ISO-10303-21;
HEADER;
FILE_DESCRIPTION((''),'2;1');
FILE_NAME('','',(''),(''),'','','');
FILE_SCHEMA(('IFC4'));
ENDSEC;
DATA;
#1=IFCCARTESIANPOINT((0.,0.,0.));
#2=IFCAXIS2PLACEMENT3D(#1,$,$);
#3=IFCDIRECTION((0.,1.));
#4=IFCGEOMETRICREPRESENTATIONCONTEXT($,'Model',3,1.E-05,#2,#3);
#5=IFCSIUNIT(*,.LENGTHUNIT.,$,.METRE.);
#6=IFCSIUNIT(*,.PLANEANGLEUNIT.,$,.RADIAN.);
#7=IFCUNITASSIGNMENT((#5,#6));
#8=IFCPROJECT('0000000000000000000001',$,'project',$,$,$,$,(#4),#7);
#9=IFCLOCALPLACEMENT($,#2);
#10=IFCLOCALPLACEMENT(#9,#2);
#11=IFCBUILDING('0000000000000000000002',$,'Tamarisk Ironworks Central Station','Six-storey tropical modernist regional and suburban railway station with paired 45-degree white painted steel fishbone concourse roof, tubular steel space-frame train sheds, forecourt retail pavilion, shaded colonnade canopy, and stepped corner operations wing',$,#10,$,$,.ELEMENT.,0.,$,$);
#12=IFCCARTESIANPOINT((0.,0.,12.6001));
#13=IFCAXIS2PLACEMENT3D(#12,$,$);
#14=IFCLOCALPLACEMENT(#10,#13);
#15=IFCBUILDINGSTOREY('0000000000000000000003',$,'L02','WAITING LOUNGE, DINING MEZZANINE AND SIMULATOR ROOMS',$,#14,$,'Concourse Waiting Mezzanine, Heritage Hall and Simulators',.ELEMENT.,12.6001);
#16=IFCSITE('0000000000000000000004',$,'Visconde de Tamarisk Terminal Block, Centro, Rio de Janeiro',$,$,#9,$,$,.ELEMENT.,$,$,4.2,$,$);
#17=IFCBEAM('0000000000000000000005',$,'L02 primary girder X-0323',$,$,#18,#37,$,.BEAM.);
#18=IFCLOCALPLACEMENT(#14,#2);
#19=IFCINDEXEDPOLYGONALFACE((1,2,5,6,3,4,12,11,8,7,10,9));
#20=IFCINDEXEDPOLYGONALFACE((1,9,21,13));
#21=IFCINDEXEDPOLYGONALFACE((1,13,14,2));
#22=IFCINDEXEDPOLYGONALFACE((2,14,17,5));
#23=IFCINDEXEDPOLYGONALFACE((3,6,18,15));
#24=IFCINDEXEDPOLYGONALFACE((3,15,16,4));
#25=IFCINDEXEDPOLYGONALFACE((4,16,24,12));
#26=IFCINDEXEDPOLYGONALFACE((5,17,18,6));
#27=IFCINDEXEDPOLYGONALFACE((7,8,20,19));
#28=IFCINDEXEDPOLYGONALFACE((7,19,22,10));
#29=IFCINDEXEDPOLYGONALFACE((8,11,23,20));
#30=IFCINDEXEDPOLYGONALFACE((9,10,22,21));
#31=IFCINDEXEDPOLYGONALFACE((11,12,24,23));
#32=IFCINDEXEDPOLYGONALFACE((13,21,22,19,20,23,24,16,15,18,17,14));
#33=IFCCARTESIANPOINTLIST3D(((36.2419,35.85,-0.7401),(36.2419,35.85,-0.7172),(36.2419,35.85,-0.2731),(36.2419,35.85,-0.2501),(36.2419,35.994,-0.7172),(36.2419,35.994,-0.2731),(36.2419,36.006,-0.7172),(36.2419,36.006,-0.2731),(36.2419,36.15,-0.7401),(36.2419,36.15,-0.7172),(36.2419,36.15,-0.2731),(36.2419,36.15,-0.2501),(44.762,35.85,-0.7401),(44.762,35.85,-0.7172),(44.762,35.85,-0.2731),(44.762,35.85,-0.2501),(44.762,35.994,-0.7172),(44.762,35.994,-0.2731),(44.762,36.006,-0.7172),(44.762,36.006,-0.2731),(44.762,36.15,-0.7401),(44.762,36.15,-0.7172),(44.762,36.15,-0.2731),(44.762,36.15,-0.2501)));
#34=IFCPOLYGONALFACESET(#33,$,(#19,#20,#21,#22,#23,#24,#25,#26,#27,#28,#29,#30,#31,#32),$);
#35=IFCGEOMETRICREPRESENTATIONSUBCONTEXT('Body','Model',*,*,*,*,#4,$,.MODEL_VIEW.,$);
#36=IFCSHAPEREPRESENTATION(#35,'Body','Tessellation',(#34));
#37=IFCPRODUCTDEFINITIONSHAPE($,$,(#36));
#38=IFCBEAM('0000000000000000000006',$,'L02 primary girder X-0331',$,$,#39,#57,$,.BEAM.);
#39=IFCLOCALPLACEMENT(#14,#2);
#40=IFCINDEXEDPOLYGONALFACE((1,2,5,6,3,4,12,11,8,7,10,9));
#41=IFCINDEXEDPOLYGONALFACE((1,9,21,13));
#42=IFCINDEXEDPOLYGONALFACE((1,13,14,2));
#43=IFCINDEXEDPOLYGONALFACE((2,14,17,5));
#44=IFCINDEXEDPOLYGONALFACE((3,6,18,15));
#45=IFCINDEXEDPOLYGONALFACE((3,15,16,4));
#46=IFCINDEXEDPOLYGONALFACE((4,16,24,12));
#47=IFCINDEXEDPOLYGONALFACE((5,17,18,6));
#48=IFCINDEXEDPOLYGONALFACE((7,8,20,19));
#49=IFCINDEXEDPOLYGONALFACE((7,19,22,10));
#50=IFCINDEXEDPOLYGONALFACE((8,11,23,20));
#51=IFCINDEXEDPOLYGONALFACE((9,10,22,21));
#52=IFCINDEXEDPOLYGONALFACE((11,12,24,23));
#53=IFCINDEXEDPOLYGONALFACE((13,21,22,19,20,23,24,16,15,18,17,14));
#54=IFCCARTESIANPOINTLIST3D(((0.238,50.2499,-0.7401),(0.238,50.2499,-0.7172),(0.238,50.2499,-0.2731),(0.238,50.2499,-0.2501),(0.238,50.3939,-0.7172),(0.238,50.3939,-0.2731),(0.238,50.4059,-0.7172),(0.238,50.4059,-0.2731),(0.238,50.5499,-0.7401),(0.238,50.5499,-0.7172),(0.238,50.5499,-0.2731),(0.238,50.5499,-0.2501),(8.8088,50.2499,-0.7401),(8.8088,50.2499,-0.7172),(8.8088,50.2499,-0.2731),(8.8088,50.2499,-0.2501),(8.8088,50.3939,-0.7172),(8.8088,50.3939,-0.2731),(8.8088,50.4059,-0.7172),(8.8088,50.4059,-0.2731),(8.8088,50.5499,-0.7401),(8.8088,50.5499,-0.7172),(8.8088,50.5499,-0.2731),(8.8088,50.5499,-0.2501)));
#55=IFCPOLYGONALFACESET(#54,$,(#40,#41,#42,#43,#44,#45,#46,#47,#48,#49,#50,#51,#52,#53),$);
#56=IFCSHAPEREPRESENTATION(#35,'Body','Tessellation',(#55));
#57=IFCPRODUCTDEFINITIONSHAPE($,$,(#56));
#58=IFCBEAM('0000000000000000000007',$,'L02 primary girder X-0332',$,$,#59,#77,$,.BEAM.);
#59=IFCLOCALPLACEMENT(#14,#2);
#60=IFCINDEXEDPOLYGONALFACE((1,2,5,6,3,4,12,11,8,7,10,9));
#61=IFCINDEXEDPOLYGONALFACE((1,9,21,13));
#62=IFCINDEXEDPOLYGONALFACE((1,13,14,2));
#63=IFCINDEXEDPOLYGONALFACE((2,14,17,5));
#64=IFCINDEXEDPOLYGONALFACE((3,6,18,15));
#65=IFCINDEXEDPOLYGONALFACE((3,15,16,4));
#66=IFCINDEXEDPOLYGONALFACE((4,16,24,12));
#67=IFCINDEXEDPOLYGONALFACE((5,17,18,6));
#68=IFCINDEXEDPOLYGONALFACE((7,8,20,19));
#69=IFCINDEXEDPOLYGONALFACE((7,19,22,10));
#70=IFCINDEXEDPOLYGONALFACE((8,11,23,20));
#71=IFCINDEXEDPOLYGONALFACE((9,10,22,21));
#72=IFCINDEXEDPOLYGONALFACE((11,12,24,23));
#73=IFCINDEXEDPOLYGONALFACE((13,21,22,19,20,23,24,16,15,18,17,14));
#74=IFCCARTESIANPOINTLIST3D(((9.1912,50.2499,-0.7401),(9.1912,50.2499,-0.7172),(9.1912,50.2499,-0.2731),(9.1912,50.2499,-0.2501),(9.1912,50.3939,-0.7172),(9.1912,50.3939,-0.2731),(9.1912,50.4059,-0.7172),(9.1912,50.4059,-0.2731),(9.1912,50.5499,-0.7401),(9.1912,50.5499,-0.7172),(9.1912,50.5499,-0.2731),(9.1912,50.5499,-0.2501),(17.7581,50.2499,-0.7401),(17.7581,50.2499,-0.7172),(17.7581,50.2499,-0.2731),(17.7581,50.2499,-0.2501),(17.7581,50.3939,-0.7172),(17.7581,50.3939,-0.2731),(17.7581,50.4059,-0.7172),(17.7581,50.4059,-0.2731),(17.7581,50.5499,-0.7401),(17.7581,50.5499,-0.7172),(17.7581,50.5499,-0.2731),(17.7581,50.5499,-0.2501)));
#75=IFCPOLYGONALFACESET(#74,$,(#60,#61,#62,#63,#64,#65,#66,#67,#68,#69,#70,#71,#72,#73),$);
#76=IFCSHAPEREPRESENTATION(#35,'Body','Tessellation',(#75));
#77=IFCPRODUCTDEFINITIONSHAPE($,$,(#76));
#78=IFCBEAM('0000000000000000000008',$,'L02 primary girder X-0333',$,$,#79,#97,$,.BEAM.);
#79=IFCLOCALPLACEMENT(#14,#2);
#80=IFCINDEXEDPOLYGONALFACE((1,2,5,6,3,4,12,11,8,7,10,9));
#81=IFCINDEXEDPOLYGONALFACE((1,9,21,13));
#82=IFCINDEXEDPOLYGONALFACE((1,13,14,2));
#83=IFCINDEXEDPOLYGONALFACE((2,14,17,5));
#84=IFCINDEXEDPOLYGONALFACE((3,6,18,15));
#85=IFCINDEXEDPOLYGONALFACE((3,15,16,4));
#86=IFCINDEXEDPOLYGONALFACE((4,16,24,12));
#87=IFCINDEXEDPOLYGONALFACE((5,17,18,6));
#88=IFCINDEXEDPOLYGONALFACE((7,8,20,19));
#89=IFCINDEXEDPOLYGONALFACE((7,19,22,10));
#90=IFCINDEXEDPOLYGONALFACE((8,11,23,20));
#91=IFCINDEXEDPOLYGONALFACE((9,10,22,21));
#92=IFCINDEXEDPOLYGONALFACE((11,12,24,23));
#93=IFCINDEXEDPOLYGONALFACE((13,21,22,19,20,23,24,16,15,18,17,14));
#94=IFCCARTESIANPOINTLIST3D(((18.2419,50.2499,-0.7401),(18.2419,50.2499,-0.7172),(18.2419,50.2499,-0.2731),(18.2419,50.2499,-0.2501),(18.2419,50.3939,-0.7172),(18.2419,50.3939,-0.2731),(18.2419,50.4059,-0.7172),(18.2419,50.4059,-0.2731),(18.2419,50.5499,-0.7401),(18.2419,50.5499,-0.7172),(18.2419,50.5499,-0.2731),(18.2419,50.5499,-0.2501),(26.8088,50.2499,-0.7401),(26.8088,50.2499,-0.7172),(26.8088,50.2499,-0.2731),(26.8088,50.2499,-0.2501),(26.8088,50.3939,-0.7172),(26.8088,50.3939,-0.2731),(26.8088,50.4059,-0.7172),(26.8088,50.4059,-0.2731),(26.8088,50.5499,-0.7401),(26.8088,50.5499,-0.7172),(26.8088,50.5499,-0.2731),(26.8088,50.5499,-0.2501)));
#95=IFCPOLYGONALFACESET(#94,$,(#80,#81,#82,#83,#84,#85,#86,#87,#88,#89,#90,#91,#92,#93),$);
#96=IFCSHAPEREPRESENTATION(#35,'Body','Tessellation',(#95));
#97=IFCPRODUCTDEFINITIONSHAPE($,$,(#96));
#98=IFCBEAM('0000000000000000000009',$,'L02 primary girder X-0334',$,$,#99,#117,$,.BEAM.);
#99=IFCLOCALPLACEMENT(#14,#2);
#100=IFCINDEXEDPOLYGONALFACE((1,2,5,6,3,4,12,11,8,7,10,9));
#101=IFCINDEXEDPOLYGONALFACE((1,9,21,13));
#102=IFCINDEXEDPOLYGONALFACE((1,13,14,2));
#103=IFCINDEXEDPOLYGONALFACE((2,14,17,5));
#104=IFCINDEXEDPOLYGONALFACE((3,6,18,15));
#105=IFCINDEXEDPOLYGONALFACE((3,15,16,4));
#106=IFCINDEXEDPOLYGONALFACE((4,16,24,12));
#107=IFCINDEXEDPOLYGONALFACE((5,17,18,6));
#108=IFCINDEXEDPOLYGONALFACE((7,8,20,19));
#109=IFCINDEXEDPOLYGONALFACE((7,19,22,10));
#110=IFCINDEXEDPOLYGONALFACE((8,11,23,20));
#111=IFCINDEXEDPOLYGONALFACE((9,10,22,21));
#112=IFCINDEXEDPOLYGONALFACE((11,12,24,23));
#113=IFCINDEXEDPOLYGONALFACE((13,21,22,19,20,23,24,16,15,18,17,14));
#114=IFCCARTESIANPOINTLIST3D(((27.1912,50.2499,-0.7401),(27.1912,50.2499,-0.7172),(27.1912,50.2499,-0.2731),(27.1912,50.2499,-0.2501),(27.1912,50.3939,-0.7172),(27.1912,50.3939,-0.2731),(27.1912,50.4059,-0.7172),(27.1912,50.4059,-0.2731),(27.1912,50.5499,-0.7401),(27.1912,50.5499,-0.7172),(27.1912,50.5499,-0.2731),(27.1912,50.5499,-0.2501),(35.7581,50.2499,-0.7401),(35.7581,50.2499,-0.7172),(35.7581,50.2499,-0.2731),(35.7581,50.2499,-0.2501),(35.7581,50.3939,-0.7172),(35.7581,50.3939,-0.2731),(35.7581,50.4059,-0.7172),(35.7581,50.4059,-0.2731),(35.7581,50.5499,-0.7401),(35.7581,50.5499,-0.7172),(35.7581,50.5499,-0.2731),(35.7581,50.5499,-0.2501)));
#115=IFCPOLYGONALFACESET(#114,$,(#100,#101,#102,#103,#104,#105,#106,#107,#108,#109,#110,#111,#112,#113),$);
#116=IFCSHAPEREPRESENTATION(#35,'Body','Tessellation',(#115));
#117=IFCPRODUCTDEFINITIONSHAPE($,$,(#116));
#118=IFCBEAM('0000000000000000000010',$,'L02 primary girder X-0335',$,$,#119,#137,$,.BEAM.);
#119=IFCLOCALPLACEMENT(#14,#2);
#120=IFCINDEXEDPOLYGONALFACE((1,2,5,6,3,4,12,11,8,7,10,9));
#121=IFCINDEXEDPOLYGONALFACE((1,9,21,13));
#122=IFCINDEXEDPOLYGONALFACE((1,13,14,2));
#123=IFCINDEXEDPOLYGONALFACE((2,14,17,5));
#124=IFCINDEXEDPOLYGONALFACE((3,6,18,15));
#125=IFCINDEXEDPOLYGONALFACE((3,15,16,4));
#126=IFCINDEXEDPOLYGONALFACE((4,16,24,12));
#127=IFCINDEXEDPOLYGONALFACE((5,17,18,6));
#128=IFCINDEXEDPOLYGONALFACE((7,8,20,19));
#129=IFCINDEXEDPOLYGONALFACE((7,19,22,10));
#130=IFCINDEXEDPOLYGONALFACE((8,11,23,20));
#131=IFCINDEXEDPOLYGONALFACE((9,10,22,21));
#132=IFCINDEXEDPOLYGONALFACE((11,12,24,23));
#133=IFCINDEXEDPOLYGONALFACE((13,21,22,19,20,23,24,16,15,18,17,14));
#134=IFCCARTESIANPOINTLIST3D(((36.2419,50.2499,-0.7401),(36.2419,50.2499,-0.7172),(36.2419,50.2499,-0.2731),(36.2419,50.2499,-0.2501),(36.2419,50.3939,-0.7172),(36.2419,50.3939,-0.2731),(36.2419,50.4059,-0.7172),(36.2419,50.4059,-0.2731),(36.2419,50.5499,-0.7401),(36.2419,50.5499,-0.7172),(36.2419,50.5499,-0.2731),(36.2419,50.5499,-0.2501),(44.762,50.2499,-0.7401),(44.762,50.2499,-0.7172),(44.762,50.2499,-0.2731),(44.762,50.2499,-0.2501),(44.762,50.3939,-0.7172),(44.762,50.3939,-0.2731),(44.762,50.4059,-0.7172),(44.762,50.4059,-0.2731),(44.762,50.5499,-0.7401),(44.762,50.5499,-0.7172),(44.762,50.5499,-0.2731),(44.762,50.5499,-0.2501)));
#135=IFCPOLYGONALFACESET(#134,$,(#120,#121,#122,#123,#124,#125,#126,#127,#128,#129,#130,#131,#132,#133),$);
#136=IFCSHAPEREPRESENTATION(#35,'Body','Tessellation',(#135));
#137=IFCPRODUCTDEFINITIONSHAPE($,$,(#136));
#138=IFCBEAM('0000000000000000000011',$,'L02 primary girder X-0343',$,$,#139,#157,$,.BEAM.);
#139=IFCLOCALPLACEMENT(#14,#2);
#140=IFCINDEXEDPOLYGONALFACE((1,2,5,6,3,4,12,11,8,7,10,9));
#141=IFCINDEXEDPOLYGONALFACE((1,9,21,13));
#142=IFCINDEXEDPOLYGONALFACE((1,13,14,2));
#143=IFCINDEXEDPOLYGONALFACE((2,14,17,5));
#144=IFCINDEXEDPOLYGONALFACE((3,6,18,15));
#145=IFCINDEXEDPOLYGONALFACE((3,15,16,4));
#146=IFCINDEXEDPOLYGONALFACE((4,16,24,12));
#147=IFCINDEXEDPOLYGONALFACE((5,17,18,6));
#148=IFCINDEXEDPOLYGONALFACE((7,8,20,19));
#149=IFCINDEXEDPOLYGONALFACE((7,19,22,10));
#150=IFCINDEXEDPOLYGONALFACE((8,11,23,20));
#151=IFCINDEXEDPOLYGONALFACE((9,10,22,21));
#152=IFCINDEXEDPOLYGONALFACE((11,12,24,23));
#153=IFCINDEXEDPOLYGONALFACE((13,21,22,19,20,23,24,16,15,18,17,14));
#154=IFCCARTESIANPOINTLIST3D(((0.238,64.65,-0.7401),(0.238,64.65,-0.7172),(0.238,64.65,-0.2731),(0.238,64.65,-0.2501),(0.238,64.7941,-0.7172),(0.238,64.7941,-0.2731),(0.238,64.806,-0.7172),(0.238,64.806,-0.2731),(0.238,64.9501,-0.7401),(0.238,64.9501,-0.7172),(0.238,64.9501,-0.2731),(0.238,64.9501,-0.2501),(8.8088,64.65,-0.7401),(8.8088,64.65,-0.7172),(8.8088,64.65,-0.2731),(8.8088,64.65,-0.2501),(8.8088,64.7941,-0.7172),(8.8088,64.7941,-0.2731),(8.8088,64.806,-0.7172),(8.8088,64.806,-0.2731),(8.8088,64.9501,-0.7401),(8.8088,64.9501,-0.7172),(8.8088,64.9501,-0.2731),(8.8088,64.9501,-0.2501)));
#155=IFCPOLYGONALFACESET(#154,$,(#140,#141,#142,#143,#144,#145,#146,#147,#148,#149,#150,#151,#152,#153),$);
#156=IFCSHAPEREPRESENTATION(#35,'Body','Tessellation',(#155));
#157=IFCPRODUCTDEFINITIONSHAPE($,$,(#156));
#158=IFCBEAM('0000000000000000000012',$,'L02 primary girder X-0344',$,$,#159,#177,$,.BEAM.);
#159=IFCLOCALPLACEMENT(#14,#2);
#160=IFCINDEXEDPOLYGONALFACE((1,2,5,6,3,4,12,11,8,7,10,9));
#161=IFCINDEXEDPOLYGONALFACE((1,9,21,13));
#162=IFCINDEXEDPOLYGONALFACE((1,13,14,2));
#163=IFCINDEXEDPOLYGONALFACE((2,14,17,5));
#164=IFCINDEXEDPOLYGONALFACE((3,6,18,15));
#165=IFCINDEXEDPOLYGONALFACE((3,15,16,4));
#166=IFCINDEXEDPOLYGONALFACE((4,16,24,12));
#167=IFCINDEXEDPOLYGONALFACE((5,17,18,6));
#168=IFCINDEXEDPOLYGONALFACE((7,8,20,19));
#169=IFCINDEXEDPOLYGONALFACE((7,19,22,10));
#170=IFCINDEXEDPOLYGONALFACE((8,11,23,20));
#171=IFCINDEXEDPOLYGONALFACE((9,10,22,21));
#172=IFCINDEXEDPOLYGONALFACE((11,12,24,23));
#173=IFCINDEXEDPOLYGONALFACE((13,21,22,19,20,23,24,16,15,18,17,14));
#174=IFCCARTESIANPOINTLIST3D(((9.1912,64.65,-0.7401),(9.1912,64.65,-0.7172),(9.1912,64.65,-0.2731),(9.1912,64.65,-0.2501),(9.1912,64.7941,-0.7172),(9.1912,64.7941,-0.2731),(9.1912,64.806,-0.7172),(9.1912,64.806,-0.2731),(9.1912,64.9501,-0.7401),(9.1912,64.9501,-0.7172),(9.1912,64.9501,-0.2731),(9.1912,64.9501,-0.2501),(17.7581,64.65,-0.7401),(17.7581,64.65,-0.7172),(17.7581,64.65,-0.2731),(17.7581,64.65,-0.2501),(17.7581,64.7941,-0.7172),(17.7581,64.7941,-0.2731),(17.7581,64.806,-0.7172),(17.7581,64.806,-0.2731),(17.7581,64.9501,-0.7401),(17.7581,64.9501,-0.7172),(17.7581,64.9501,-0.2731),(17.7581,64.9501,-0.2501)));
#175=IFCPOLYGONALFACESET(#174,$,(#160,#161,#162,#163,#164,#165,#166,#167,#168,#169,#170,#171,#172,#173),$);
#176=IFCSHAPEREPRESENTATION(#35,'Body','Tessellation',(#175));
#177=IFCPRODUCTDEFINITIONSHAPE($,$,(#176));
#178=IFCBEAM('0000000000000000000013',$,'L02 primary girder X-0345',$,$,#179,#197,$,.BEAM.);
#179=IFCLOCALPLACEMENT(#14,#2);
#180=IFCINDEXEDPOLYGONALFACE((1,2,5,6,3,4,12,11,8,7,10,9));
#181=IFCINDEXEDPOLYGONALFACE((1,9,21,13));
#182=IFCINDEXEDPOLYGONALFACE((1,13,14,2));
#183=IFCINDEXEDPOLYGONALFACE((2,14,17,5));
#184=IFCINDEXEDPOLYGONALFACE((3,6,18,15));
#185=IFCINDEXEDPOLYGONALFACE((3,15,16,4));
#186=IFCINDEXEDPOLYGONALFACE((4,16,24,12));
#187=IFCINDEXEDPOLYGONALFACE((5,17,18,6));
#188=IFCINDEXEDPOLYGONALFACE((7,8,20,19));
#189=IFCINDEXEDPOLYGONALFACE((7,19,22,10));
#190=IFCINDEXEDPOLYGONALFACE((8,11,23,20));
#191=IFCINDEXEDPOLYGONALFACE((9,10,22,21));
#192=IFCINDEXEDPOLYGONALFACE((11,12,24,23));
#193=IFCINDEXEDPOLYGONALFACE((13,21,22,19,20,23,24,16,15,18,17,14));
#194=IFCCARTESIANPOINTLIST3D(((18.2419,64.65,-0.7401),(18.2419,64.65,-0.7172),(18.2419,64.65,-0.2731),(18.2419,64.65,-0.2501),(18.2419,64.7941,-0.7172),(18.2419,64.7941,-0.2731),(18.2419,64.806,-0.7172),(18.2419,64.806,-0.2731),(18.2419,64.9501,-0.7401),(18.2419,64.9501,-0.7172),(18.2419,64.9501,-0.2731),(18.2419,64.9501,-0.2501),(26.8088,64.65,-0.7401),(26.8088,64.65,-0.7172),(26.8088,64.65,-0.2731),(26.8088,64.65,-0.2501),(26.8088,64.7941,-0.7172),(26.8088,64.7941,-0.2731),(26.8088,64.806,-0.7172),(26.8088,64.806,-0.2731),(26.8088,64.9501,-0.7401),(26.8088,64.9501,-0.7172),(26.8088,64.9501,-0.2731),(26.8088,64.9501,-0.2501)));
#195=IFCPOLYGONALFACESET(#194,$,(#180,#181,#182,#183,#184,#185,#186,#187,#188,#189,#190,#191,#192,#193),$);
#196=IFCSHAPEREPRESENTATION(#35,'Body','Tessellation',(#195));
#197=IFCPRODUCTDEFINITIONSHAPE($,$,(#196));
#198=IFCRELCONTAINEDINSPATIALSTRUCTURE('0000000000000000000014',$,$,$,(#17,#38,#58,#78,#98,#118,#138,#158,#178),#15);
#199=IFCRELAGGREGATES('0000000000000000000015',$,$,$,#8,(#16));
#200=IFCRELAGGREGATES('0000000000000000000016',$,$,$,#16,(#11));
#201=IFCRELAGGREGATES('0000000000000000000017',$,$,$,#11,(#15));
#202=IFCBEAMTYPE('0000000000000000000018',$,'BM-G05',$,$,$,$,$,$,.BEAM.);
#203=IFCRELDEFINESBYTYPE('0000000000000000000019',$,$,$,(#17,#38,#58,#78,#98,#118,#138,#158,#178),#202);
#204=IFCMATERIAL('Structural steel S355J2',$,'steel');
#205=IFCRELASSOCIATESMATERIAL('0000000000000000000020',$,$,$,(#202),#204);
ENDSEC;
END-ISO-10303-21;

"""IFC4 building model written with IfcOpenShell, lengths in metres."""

from ifc_helpers import new_model, si_unit, direction, frame, origin, origin_2d, place, context, subcontext, project, spatial, i_section, extrude, material, material_profile, profile_set, type_object, element, save


model = new_model("IFC4")

# Units and contexts
model_context = context("Model", 3, precision=1e-05, world=origin(), true_north=direction((0.0, 1.0)))
body_context = subcontext(model_context, "Body", "Model", "MODEL_VIEW")
ifc_project = project(units=[si_unit("LENGTHUNIT", "METRE"), si_unit("PLANEANGLEUNIT", "RADIAN")], contexts=[model_context])

# Site, building, storey
site_placement = place(None, origin())
site = spatial("IfcSite", under=ifc_project, at=site_placement, Name="Visconde de Tamarisk Terminal Block, Centro, Rio de Janeiro", CompositionType="ELEMENT", RefElevation=4.2)
building_placement = place(site_placement, origin())
building = spatial("IfcBuilding", under=site, at=building_placement, Name="Tamarisk Ironworks Central Station", Description="Six-storey tropical modernist regional and suburban railway station with paired 45-degree white painted steel fishbone concourse roof, tubular steel space-frame train sheds, forecourt retail pavilion, shaded colonnade canopy, and stepped corner operations wing", CompositionType="ELEMENT", ElevationOfRefHeight=0.0)
storey_placement = place(building_placement, frame((0.0, 0.0, 12.6001)))
storey = spatial("IfcBuildingStorey", under=building, at=storey_placement, Name="L02", Description="WAITING LOUNGE, DINING MEZZANINE AND SIMULATOR ROOMS", LongName="Concourse Waiting Mezzanine, Heritage Hall and Simulators", CompositionType="ELEMENT", Elevation=12.6001)

# Beams
ifc_material_1 = material(Name="Structural steel S355J2", Category="steel")
ifc_material_profile_1 = material_profile(ifc_material_1, i_section(OverallWidth=0.3, OverallDepth=0.49, WebThickness=0.012, FlangeThickness=0.0229, at=origin_2d()), Name="HEA 500")
ifc_profile_set_1 = profile_set([ifc_material_profile_1], Name="Structural steel S355J2")
beam_type_1 = type_object("IfcBeamType", Name="BM-G05", PredefinedType="BEAM", material=ifc_profile_set_1)
beam_1_placement = place(storey_placement, frame((36.2419, 36.0, -0.4951), z_axis=(1.0, 0.0, 0.0), x_axis=(0.0, 1.0, 0.0)))
element("IfcBeam", 1, at=beam_1_placement, inside=storey, type_object=beam_type_1, Name="L02 primary girder X-0323", PredefinedType="BEAM", context=body_context, shape_type="SweptSolid", body=[
    extrude(i_section(OverallWidth=0.3, OverallDepth=0.49, WebThickness=0.012, FlangeThickness=0.0229, at=origin_2d()), origin(), (0.0, 0.0, 1.0), 8.52),
])
beam_2_placement = place(storey_placement, frame((0.238, 50.3999, -0.4951), z_axis=(1.0, 0.0, 0.0), x_axis=(0.0, 1.0, 0.0)))
element("IfcBeam", 2, at=beam_2_placement, inside=storey, type_object=beam_type_1, Name="L02 primary girder X-0331", PredefinedType="BEAM", context=body_context, shape_type="SweptSolid", body=[
    extrude(i_section(OverallWidth=0.3, OverallDepth=0.49, WebThickness=0.012, FlangeThickness=0.0229, at=origin_2d()), origin(), (0.0, 0.0, 1.0), 8.5708),
])
for number, where, z_axis, x_axis, name in (
    (3, (9.1912, 50.3999, -0.4951), (1.0, 0.0, 0.0), (0.0, 1.0, 0.0), "L02 primary girder X-0332"),
    (4, (18.2419, 50.3999, -0.4951), (1.0, 0.0, 0.0), (0.0, 1.0, 0.0), "L02 primary girder X-0333"),
    (5, (27.1912, 50.3999, -0.4951), (1.0, 0.0, 0.0), (0.0, 1.0, 0.0), "L02 primary girder X-0334"),
):
    element("IfcBeam", number, at=place(storey_placement, frame(where, z_axis=z_axis, x_axis=x_axis)), inside=storey, type_object=beam_type_1, Name=name, PredefinedType="BEAM", context=body_context, shape_type="SweptSolid", body=[
        extrude(i_section(OverallWidth=0.3, OverallDepth=0.49, WebThickness=0.012, FlangeThickness=0.0229, at=origin_2d()), origin(), (0.0, 0.0, 1.0), 8.5669),
    ])
beam_3_placement = place(storey_placement, frame((36.2419, 50.3999, -0.4951), z_axis=(1.0, 0.0, 0.0), x_axis=(0.0, 1.0, 0.0)))
element("IfcBeam", 6, at=beam_3_placement, inside=storey, type_object=beam_type_1, Name="L02 primary girder X-0335", PredefinedType="BEAM", context=body_context, shape_type="SweptSolid", body=[
    extrude(i_section(OverallWidth=0.3, OverallDepth=0.49, WebThickness=0.012, FlangeThickness=0.0229, at=origin_2d()), origin(), (0.0, 0.0, 1.0), 8.52),
])
beam_4_placement = place(storey_placement, frame((0.238, 64.8, -0.4951), z_axis=(1.0, 0.0, 0.0), x_axis=(0.0, 1.0, 0.0)))
element("IfcBeam", 7, at=beam_4_placement, inside=storey, type_object=beam_type_1, Name="L02 primary girder X-0343", PredefinedType="BEAM", context=body_context, shape_type="SweptSolid", body=[
    extrude(i_section(OverallWidth=0.3, OverallDepth=0.49, WebThickness=0.012, FlangeThickness=0.0229, at=origin_2d()), origin(), (0.0, 0.0, 1.0), 8.5708),
])
for number, where, z_axis, x_axis, name in (
    (8, (9.1912, 64.8, -0.4951), (1.0, 0.0, 0.0), (0.0, 1.0, 0.0), "L02 primary girder X-0344"),
    (9, (18.2419, 64.8, -0.4951), (1.0, 0.0, 0.0), (0.0, 1.0, 0.0), "L02 primary girder X-0345"),
):
    element("IfcBeam", number, at=place(storey_placement, frame(where, z_axis=z_axis, x_axis=x_axis)), inside=storey, type_object=beam_type_1, Name=name, PredefinedType="BEAM", context=body_context, shape_type="SweptSolid", body=[
        extrude(i_section(OverallWidth=0.3, OverallDepth=0.49, WebThickness=0.012, FlangeThickness=0.0229, at=origin_2d()), origin(), (0.0, 0.0, 1.0), 8.5669),
    ])

save(model, "model.ifc")
